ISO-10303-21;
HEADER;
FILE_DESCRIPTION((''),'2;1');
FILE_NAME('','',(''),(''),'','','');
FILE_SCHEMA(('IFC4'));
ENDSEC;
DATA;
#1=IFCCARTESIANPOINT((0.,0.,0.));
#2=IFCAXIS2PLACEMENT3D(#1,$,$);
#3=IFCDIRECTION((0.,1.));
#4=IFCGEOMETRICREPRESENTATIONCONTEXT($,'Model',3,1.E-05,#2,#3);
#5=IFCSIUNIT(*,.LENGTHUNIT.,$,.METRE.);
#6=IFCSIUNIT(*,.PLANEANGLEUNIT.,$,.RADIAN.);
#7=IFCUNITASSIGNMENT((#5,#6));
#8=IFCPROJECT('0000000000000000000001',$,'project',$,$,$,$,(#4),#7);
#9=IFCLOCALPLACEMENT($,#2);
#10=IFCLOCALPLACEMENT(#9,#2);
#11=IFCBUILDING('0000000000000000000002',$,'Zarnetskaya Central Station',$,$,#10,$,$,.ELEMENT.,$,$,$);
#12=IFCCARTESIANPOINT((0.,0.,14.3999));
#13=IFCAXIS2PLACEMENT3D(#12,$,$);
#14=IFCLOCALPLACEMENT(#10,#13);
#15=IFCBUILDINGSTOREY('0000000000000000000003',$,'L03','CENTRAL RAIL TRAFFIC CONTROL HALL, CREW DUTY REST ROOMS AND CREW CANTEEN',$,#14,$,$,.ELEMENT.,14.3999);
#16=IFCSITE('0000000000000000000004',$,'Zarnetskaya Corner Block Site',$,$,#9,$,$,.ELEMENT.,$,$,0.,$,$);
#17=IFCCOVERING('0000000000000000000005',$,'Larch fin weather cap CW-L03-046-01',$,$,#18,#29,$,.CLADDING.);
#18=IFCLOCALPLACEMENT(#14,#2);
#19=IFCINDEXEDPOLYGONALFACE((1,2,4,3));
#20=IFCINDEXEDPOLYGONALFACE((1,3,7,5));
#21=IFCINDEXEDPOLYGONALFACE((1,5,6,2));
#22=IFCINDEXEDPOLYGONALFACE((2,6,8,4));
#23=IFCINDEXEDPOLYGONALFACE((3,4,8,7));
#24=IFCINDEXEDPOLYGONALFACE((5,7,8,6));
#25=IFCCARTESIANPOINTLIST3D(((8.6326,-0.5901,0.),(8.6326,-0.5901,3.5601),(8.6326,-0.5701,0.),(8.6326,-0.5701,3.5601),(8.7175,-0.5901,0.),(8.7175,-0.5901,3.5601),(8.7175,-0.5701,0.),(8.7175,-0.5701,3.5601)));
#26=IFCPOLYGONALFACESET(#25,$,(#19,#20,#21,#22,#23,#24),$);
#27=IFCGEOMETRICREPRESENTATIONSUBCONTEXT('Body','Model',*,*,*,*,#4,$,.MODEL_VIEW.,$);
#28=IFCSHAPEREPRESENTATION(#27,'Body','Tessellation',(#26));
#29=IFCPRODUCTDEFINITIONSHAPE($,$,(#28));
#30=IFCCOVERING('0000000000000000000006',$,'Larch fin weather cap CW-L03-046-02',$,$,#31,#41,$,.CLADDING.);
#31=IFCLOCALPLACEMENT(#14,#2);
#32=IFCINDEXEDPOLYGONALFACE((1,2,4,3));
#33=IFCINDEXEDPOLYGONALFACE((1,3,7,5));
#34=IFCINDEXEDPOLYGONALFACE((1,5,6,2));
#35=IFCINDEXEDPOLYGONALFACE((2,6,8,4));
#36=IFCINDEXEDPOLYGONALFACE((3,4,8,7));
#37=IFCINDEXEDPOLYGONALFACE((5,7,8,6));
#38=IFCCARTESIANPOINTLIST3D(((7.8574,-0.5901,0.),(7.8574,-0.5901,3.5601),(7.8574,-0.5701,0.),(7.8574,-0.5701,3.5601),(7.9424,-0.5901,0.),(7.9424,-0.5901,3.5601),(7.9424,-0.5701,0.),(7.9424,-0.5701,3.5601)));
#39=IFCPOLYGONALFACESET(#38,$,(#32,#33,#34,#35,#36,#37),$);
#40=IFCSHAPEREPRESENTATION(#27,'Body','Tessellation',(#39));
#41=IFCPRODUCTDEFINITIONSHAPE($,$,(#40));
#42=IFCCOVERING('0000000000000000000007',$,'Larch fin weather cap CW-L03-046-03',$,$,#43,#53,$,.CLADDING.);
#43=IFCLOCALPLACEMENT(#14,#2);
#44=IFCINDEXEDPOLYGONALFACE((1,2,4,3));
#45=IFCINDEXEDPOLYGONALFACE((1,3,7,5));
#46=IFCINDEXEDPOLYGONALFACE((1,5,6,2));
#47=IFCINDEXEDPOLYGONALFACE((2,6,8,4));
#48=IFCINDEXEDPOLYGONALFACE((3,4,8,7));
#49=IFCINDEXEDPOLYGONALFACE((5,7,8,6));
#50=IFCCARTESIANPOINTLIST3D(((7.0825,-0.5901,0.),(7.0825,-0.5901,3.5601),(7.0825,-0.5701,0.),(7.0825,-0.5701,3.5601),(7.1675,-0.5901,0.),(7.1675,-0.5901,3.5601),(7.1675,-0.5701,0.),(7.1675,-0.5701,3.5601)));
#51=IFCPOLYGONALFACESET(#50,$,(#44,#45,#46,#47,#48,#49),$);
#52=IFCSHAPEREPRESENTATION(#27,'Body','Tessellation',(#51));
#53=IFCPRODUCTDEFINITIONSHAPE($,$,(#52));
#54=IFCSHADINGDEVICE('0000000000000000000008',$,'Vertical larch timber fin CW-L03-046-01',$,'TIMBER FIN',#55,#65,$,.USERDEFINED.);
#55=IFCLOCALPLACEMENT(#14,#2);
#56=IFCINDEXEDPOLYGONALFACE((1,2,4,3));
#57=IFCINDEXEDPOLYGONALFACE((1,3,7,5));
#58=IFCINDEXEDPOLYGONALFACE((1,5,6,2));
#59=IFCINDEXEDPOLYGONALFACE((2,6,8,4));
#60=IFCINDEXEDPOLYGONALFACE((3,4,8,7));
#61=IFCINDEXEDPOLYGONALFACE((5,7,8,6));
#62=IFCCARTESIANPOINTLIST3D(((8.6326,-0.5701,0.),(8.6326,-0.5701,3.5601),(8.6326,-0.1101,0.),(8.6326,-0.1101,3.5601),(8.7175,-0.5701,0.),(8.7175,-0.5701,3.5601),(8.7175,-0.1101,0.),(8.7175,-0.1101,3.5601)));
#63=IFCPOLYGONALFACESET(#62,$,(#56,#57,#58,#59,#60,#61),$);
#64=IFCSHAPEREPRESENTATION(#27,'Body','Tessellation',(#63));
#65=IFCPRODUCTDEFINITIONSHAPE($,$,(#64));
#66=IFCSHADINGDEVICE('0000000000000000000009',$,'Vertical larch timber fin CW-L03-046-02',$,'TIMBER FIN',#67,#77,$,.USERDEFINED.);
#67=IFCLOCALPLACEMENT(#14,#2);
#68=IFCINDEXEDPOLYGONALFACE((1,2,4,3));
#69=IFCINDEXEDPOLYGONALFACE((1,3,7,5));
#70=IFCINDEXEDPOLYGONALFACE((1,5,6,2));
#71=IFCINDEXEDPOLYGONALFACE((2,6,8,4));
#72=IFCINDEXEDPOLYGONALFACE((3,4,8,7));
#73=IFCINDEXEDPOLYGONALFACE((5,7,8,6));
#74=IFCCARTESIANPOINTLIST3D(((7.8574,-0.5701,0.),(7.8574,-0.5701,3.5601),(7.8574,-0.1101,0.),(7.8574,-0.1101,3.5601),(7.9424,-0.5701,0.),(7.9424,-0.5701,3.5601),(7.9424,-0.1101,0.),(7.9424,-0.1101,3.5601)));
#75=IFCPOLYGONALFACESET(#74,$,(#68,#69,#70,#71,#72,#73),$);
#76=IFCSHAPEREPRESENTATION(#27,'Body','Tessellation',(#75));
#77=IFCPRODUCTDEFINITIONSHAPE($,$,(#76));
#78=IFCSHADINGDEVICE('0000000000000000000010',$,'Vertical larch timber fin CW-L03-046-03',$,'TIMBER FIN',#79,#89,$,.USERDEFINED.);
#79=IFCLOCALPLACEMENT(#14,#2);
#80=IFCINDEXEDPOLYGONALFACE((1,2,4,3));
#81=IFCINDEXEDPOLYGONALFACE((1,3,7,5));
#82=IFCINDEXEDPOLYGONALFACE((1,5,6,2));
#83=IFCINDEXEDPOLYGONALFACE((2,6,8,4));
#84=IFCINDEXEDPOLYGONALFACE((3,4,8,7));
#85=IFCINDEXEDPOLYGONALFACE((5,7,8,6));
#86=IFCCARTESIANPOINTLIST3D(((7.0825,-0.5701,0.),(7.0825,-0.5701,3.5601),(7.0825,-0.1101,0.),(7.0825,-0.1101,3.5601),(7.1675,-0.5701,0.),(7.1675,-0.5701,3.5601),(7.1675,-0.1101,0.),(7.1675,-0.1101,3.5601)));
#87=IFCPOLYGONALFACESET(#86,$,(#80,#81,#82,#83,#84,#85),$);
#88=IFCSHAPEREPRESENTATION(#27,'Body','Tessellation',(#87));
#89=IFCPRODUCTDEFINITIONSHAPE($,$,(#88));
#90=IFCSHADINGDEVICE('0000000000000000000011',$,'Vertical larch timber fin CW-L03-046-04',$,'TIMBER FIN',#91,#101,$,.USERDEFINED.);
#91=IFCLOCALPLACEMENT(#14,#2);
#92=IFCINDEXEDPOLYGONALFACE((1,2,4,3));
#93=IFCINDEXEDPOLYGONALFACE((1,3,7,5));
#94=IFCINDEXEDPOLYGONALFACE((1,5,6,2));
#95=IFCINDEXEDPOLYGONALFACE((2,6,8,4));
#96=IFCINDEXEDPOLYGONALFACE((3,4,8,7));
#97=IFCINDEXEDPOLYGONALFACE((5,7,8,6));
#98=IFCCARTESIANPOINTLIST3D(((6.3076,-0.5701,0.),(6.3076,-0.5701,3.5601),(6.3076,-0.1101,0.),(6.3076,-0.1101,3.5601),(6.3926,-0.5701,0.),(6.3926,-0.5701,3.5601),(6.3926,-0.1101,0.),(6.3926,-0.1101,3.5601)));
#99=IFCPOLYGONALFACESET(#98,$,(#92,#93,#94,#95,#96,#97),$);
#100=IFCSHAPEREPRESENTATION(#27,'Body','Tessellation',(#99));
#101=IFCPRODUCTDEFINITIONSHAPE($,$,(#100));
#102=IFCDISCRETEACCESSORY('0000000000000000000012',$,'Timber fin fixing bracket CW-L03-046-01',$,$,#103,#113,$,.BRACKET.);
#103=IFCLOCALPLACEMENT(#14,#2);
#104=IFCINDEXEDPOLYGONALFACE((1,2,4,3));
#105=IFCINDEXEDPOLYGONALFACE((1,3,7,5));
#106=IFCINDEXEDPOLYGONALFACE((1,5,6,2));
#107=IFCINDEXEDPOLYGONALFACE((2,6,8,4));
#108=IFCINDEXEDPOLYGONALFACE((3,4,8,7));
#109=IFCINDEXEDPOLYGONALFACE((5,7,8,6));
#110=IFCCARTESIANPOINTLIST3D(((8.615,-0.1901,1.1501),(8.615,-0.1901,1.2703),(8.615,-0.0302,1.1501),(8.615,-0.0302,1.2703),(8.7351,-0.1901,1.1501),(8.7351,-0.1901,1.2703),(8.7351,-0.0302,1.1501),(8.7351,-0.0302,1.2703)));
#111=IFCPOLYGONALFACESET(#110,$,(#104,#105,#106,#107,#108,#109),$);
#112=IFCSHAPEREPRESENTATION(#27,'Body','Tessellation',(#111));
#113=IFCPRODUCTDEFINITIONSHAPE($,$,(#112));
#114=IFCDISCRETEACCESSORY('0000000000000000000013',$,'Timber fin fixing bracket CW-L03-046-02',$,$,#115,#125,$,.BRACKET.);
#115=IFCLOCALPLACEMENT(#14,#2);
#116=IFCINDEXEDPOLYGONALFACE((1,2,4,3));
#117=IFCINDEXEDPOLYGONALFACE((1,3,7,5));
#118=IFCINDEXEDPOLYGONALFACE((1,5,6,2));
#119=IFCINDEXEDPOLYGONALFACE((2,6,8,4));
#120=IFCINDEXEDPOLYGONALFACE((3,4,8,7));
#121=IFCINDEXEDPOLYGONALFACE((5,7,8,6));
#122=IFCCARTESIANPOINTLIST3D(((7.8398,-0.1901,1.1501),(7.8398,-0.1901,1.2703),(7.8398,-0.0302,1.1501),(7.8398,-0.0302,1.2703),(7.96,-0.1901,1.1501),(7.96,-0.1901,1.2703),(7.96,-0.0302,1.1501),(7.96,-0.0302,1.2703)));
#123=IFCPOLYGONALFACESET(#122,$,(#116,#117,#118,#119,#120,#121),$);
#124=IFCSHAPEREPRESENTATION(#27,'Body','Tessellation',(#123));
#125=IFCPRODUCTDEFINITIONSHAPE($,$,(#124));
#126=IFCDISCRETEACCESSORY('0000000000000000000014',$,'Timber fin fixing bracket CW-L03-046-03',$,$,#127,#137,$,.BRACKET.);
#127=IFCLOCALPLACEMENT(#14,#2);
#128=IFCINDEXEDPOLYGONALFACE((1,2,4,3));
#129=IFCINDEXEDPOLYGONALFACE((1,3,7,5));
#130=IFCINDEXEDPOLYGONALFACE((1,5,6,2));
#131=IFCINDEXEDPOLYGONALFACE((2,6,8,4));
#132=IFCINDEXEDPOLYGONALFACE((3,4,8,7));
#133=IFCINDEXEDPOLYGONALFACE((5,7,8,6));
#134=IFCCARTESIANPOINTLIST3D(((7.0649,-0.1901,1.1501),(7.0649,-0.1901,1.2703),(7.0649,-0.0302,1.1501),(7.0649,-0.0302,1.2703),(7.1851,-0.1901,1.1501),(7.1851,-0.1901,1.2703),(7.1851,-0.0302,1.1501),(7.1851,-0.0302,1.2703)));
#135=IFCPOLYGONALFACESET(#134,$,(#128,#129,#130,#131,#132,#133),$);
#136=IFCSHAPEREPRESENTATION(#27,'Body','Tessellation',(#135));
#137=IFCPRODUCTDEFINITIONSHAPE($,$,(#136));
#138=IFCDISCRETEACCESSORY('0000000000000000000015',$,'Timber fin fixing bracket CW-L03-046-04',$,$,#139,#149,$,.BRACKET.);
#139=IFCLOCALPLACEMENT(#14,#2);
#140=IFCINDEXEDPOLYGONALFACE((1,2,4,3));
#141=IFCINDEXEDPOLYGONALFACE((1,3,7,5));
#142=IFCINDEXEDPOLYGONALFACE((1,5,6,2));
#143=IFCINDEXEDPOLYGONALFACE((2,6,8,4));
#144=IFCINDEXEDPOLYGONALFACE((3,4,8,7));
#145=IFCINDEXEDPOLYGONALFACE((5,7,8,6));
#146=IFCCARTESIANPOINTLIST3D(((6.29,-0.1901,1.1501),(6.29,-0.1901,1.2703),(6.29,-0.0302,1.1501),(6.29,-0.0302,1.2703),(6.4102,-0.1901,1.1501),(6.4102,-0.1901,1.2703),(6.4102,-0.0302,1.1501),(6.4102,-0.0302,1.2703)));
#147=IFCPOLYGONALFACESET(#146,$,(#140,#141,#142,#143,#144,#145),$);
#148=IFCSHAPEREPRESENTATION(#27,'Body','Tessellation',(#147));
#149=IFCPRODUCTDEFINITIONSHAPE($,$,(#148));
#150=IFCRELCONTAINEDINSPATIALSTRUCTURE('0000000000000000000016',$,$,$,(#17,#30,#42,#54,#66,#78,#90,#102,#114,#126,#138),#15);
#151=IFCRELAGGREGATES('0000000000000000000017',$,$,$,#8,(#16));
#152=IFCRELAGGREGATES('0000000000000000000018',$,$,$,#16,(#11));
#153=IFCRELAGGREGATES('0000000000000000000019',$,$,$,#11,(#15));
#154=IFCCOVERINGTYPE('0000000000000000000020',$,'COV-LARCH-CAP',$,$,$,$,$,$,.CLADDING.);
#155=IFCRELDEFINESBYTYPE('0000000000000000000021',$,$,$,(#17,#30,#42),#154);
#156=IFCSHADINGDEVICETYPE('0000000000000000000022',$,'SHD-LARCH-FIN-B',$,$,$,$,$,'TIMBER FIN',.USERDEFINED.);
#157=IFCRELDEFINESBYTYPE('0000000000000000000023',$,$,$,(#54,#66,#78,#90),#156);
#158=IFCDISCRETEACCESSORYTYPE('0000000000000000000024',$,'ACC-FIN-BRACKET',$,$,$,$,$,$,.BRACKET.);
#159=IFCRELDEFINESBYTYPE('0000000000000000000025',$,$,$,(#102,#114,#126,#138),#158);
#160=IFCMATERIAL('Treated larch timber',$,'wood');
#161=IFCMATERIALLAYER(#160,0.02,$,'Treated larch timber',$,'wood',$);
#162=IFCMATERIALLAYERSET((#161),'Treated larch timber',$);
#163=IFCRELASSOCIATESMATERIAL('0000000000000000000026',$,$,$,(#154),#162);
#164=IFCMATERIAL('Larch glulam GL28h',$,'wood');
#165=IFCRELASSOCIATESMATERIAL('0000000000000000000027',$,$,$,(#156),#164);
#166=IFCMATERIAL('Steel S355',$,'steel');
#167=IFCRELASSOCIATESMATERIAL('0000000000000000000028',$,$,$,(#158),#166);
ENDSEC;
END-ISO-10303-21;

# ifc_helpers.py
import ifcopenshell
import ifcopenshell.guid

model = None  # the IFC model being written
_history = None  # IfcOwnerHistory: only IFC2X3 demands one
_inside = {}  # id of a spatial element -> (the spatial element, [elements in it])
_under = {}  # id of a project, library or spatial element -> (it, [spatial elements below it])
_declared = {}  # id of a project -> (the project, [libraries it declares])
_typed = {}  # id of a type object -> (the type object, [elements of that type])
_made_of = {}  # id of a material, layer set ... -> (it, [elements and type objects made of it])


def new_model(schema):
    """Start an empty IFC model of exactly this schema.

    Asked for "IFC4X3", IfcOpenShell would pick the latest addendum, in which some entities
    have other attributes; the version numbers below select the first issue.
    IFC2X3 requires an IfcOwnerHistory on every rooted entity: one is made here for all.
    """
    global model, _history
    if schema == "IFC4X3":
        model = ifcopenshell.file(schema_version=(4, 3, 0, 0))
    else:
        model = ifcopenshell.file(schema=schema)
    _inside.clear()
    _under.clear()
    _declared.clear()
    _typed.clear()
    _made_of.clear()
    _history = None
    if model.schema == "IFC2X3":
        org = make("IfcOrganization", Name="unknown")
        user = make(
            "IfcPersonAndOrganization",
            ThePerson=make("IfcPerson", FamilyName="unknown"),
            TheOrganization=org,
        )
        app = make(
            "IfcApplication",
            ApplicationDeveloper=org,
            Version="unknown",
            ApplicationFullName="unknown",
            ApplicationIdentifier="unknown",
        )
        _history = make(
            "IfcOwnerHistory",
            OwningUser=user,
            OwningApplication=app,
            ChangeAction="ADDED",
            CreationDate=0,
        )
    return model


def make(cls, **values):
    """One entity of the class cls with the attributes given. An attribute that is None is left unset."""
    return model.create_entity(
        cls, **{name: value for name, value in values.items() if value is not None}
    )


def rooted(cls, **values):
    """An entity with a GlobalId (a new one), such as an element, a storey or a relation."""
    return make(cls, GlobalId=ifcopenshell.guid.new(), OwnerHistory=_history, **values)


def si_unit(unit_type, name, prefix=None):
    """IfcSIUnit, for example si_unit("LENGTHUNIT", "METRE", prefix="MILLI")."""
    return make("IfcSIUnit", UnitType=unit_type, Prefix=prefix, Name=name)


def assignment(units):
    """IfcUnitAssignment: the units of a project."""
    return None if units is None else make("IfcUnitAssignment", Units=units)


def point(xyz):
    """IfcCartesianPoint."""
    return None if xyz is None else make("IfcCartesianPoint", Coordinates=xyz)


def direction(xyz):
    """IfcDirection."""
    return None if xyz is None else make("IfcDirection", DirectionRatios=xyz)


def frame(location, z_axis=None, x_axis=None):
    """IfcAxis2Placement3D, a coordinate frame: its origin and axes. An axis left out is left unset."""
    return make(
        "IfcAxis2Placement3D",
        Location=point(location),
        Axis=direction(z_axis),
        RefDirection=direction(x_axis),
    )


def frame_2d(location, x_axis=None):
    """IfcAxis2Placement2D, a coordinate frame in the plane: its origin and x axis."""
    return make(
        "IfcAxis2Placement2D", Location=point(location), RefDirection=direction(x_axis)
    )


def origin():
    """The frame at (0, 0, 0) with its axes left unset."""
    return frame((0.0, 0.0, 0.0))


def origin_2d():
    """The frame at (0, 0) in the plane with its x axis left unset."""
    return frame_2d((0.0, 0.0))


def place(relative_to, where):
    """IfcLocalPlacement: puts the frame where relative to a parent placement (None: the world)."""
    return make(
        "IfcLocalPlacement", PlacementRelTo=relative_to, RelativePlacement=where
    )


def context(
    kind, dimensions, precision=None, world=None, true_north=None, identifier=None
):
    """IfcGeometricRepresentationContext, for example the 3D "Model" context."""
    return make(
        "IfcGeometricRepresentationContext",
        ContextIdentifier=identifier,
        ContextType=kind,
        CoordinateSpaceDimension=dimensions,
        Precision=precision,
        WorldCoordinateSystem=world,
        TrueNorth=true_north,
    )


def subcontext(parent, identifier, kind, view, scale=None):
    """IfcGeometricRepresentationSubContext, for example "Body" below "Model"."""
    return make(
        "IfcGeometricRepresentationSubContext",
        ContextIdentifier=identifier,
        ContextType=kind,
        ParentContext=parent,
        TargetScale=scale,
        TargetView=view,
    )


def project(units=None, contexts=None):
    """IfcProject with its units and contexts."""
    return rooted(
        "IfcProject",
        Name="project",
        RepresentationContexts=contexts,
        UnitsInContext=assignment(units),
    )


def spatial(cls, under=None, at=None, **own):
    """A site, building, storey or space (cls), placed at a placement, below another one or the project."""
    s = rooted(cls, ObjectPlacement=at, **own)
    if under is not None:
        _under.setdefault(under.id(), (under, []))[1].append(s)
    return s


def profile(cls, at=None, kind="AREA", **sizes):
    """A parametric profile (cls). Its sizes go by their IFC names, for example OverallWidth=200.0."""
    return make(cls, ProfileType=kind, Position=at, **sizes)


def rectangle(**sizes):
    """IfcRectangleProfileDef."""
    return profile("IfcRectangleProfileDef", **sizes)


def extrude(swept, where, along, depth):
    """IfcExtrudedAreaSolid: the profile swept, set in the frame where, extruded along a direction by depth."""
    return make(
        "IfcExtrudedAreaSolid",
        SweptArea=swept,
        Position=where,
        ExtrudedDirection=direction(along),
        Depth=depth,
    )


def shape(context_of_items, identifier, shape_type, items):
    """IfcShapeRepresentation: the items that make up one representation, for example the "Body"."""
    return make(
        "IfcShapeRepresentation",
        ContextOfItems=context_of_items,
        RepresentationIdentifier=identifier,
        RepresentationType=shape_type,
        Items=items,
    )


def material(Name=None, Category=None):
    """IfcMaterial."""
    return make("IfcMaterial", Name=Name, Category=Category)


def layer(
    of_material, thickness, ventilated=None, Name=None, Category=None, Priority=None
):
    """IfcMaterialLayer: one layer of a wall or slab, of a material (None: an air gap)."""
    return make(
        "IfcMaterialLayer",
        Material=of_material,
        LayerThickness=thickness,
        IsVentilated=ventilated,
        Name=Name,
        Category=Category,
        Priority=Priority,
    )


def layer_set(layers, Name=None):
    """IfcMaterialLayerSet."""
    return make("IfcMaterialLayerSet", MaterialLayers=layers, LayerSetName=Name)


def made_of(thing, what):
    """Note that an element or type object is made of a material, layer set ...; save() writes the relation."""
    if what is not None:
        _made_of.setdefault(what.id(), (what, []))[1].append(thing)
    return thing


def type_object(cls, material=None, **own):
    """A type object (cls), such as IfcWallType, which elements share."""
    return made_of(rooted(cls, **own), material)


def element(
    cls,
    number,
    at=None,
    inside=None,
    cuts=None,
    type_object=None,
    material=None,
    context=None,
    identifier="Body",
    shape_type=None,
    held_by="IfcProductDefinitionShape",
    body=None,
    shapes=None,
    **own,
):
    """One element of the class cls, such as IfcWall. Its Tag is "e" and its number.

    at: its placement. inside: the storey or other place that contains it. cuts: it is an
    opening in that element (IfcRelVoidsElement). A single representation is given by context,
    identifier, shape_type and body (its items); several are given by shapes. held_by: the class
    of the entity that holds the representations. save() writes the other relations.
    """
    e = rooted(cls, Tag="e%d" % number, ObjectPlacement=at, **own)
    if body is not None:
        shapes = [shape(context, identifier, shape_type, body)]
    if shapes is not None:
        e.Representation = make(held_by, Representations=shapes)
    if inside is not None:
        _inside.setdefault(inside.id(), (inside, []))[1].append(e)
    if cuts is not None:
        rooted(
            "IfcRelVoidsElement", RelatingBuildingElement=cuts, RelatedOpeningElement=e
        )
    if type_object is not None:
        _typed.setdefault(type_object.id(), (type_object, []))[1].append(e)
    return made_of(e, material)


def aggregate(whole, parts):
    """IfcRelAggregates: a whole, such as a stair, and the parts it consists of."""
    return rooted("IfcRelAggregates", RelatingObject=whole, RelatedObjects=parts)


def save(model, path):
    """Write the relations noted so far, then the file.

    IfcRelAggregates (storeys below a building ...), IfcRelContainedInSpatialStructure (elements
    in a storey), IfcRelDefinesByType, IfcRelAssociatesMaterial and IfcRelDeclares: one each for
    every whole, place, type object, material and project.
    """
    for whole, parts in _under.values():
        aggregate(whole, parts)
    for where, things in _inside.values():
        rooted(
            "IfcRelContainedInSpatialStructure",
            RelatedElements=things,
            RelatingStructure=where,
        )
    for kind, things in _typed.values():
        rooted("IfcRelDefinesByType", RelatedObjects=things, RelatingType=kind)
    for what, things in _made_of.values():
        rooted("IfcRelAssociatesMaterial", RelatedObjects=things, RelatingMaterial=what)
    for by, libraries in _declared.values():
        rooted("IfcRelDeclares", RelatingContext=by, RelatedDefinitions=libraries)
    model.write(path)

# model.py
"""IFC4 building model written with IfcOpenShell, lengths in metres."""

from ifc_helpers import new_model, si_unit, direction, frame, origin, origin_2d, place, context, subcontext, project, spatial, rectangle, extrude, material, layer, layer_set, type_object, element, save


model = new_model("IFC4")

# Units and contexts
model_context = context("Model", 3, precision=1e-05, world=origin(), true_north=direction((0.0, 1.0)))
body_context = subcontext(model_context, "Body", "Model", "MODEL_VIEW")
ifc_project = project(units=[si_unit("LENGTHUNIT", "METRE"), si_unit("PLANEANGLEUNIT", "RADIAN")], contexts=[model_context])

# Site, building, storey
site_placement = place(None, origin())
site = spatial("IfcSite", under=ifc_project, at=site_placement, Name="Zarnetskaya Corner Block Site", CompositionType="ELEMENT", RefElevation=0.0)
building_placement = place(site_placement, origin())
building = spatial("IfcBuilding", under=site, at=building_placement, Name="Zarnetskaya Central Station", CompositionType="ELEMENT")
storey_placement = place(building_placement, frame((0.0, 0.0, 14.3999)))
storey = spatial("IfcBuildingStorey", under=building, at=storey_placement, Name="L03", Description="CENTRAL RAIL TRAFFIC CONTROL HALL, CREW DUTY REST ROOMS AND CREW CANTEEN", CompositionType="ELEMENT", Elevation=14.3999)

# Coverings
ifc_material_1 = material(Name="Treated larch timber", Category="wood")
ifc_layer_1 = layer(ifc_material_1, 0.02, Name="Treated larch timber", Category="wood")
ifc_layer_set_1 = layer_set([ifc_layer_1], Name="Treated larch timber")
covering_type = type_object("IfcCoveringType", Name="COV-LARCH-CAP", PredefinedType="CLADDING", material=ifc_layer_set_1)
for number, where, z_axis, x_axis, name in (
    (1, (8.675, -0.5801, 0.0), (0.0, 0.0, 1.0), (-1.0, 0.0, 0.0), "Larch fin weather cap CW-L03-046-01"),
    (2, (7.8999, -0.5801, 0.0), (0.0, 0.0, 1.0), (-1.0, 0.0, 0.0), "Larch fin weather cap CW-L03-046-02"),
    (3, (7.125, -0.5801, 0.0), (0.0, 0.0, 1.0), (-1.0, 0.0, 0.0), "Larch fin weather cap CW-L03-046-03"),
):
    element("IfcCovering", number, at=place(storey_placement, frame(where, z_axis=z_axis, x_axis=x_axis)), inside=storey, type_object=covering_type, Name=name, PredefinedType="CLADDING", context=body_context, shape_type="SweptSolid", body=[
        extrude(rectangle(XDim=0.085, YDim=0.02, at=origin_2d()), origin(), (0.0, 0.0, 1.0), 3.5601),
    ])

# Shading devices
ifc_material_2 = material(Name="Larch glulam GL28h", Category="wood")
shading_device_type = type_object("IfcShadingDeviceType", Name="SHD-LARCH-FIN-B", ElementType="TIMBER FIN", PredefinedType="USERDEFINED", material=ifc_material_2)
for number, where, z_axis, x_axis, name in (
    (4, (8.675, -0.3401, 0.0), (0.0, 0.0, 1.0), (-1.0, 0.0, 0.0), "Vertical larch timber fin CW-L03-046-01"),
    (5, (7.8999, -0.3401, 0.0), (0.0, 0.0, 1.0), (-1.0, 0.0, 0.0), "Vertical larch timber fin CW-L03-046-02"),
    (6, (7.125, -0.3401, 0.0), (0.0, 0.0, 1.0), (-1.0, 0.0, 0.0), "Vertical larch timber fin CW-L03-046-03"),
    (7, (6.3501, -0.3401, 0.0), (0.0, 0.0, 1.0), (-1.0, 0.0, 0.0), "Vertical larch timber fin CW-L03-046-04"),
):
    element("IfcShadingDevice", number, at=place(storey_placement, frame(where, z_axis=z_axis, x_axis=x_axis)), inside=storey, type_object=shading_device_type, Name=name, ObjectType="TIMBER FIN", PredefinedType="USERDEFINED", context=body_context, shape_type="SweptSolid", body=[
        extrude(rectangle(XDim=0.085, YDim=0.46, at=origin_2d()), origin(), (0.0, 0.0, 1.0), 3.5601),
    ])

# Discrete accessories
ifc_material_3 = material(Name="Steel S355", Category="steel")
discrete_accessory_type = type_object("IfcDiscreteAccessoryType", Name="ACC-FIN-BRACKET", PredefinedType="BRACKET", material=ifc_material_3)
for number, where, z_axis, x_axis, name in (
    (8, (8.675, -0.1101, 1.1501), (0.0, 0.0, 1.0), (-1.0, 0.0, 0.0), "Timber fin fixing bracket CW-L03-046-01"),
    (9, (7.8999, -0.1101, 1.1501), (0.0, 0.0, 1.0), (-1.0, 0.0, 0.0), "Timber fin fixing bracket CW-L03-046-02"),
    (10, (7.125, -0.1101, 1.1501), (0.0, 0.0, 1.0), (-1.0, 0.0, 0.0), "Timber fin fixing bracket CW-L03-046-03"),
    (11, (6.3501, -0.1101, 1.1501), (0.0, 0.0, 1.0), (-1.0, 0.0, 0.0), "Timber fin fixing bracket CW-L03-046-04"),
):
    element("IfcDiscreteAccessory", number, at=place(storey_placement, frame(where, z_axis=z_axis, x_axis=x_axis)), inside=storey, type_object=discrete_accessory_type, Name=name, PredefinedType="BRACKET", context=body_context, shape_type="SweptSolid", body=[
        extrude(rectangle(XDim=0.1201, YDim=0.1599, at=origin_2d()), origin(), (0.0, 0.0, 1.0), 0.1201),
    ])

save(model, "model.ifc")
